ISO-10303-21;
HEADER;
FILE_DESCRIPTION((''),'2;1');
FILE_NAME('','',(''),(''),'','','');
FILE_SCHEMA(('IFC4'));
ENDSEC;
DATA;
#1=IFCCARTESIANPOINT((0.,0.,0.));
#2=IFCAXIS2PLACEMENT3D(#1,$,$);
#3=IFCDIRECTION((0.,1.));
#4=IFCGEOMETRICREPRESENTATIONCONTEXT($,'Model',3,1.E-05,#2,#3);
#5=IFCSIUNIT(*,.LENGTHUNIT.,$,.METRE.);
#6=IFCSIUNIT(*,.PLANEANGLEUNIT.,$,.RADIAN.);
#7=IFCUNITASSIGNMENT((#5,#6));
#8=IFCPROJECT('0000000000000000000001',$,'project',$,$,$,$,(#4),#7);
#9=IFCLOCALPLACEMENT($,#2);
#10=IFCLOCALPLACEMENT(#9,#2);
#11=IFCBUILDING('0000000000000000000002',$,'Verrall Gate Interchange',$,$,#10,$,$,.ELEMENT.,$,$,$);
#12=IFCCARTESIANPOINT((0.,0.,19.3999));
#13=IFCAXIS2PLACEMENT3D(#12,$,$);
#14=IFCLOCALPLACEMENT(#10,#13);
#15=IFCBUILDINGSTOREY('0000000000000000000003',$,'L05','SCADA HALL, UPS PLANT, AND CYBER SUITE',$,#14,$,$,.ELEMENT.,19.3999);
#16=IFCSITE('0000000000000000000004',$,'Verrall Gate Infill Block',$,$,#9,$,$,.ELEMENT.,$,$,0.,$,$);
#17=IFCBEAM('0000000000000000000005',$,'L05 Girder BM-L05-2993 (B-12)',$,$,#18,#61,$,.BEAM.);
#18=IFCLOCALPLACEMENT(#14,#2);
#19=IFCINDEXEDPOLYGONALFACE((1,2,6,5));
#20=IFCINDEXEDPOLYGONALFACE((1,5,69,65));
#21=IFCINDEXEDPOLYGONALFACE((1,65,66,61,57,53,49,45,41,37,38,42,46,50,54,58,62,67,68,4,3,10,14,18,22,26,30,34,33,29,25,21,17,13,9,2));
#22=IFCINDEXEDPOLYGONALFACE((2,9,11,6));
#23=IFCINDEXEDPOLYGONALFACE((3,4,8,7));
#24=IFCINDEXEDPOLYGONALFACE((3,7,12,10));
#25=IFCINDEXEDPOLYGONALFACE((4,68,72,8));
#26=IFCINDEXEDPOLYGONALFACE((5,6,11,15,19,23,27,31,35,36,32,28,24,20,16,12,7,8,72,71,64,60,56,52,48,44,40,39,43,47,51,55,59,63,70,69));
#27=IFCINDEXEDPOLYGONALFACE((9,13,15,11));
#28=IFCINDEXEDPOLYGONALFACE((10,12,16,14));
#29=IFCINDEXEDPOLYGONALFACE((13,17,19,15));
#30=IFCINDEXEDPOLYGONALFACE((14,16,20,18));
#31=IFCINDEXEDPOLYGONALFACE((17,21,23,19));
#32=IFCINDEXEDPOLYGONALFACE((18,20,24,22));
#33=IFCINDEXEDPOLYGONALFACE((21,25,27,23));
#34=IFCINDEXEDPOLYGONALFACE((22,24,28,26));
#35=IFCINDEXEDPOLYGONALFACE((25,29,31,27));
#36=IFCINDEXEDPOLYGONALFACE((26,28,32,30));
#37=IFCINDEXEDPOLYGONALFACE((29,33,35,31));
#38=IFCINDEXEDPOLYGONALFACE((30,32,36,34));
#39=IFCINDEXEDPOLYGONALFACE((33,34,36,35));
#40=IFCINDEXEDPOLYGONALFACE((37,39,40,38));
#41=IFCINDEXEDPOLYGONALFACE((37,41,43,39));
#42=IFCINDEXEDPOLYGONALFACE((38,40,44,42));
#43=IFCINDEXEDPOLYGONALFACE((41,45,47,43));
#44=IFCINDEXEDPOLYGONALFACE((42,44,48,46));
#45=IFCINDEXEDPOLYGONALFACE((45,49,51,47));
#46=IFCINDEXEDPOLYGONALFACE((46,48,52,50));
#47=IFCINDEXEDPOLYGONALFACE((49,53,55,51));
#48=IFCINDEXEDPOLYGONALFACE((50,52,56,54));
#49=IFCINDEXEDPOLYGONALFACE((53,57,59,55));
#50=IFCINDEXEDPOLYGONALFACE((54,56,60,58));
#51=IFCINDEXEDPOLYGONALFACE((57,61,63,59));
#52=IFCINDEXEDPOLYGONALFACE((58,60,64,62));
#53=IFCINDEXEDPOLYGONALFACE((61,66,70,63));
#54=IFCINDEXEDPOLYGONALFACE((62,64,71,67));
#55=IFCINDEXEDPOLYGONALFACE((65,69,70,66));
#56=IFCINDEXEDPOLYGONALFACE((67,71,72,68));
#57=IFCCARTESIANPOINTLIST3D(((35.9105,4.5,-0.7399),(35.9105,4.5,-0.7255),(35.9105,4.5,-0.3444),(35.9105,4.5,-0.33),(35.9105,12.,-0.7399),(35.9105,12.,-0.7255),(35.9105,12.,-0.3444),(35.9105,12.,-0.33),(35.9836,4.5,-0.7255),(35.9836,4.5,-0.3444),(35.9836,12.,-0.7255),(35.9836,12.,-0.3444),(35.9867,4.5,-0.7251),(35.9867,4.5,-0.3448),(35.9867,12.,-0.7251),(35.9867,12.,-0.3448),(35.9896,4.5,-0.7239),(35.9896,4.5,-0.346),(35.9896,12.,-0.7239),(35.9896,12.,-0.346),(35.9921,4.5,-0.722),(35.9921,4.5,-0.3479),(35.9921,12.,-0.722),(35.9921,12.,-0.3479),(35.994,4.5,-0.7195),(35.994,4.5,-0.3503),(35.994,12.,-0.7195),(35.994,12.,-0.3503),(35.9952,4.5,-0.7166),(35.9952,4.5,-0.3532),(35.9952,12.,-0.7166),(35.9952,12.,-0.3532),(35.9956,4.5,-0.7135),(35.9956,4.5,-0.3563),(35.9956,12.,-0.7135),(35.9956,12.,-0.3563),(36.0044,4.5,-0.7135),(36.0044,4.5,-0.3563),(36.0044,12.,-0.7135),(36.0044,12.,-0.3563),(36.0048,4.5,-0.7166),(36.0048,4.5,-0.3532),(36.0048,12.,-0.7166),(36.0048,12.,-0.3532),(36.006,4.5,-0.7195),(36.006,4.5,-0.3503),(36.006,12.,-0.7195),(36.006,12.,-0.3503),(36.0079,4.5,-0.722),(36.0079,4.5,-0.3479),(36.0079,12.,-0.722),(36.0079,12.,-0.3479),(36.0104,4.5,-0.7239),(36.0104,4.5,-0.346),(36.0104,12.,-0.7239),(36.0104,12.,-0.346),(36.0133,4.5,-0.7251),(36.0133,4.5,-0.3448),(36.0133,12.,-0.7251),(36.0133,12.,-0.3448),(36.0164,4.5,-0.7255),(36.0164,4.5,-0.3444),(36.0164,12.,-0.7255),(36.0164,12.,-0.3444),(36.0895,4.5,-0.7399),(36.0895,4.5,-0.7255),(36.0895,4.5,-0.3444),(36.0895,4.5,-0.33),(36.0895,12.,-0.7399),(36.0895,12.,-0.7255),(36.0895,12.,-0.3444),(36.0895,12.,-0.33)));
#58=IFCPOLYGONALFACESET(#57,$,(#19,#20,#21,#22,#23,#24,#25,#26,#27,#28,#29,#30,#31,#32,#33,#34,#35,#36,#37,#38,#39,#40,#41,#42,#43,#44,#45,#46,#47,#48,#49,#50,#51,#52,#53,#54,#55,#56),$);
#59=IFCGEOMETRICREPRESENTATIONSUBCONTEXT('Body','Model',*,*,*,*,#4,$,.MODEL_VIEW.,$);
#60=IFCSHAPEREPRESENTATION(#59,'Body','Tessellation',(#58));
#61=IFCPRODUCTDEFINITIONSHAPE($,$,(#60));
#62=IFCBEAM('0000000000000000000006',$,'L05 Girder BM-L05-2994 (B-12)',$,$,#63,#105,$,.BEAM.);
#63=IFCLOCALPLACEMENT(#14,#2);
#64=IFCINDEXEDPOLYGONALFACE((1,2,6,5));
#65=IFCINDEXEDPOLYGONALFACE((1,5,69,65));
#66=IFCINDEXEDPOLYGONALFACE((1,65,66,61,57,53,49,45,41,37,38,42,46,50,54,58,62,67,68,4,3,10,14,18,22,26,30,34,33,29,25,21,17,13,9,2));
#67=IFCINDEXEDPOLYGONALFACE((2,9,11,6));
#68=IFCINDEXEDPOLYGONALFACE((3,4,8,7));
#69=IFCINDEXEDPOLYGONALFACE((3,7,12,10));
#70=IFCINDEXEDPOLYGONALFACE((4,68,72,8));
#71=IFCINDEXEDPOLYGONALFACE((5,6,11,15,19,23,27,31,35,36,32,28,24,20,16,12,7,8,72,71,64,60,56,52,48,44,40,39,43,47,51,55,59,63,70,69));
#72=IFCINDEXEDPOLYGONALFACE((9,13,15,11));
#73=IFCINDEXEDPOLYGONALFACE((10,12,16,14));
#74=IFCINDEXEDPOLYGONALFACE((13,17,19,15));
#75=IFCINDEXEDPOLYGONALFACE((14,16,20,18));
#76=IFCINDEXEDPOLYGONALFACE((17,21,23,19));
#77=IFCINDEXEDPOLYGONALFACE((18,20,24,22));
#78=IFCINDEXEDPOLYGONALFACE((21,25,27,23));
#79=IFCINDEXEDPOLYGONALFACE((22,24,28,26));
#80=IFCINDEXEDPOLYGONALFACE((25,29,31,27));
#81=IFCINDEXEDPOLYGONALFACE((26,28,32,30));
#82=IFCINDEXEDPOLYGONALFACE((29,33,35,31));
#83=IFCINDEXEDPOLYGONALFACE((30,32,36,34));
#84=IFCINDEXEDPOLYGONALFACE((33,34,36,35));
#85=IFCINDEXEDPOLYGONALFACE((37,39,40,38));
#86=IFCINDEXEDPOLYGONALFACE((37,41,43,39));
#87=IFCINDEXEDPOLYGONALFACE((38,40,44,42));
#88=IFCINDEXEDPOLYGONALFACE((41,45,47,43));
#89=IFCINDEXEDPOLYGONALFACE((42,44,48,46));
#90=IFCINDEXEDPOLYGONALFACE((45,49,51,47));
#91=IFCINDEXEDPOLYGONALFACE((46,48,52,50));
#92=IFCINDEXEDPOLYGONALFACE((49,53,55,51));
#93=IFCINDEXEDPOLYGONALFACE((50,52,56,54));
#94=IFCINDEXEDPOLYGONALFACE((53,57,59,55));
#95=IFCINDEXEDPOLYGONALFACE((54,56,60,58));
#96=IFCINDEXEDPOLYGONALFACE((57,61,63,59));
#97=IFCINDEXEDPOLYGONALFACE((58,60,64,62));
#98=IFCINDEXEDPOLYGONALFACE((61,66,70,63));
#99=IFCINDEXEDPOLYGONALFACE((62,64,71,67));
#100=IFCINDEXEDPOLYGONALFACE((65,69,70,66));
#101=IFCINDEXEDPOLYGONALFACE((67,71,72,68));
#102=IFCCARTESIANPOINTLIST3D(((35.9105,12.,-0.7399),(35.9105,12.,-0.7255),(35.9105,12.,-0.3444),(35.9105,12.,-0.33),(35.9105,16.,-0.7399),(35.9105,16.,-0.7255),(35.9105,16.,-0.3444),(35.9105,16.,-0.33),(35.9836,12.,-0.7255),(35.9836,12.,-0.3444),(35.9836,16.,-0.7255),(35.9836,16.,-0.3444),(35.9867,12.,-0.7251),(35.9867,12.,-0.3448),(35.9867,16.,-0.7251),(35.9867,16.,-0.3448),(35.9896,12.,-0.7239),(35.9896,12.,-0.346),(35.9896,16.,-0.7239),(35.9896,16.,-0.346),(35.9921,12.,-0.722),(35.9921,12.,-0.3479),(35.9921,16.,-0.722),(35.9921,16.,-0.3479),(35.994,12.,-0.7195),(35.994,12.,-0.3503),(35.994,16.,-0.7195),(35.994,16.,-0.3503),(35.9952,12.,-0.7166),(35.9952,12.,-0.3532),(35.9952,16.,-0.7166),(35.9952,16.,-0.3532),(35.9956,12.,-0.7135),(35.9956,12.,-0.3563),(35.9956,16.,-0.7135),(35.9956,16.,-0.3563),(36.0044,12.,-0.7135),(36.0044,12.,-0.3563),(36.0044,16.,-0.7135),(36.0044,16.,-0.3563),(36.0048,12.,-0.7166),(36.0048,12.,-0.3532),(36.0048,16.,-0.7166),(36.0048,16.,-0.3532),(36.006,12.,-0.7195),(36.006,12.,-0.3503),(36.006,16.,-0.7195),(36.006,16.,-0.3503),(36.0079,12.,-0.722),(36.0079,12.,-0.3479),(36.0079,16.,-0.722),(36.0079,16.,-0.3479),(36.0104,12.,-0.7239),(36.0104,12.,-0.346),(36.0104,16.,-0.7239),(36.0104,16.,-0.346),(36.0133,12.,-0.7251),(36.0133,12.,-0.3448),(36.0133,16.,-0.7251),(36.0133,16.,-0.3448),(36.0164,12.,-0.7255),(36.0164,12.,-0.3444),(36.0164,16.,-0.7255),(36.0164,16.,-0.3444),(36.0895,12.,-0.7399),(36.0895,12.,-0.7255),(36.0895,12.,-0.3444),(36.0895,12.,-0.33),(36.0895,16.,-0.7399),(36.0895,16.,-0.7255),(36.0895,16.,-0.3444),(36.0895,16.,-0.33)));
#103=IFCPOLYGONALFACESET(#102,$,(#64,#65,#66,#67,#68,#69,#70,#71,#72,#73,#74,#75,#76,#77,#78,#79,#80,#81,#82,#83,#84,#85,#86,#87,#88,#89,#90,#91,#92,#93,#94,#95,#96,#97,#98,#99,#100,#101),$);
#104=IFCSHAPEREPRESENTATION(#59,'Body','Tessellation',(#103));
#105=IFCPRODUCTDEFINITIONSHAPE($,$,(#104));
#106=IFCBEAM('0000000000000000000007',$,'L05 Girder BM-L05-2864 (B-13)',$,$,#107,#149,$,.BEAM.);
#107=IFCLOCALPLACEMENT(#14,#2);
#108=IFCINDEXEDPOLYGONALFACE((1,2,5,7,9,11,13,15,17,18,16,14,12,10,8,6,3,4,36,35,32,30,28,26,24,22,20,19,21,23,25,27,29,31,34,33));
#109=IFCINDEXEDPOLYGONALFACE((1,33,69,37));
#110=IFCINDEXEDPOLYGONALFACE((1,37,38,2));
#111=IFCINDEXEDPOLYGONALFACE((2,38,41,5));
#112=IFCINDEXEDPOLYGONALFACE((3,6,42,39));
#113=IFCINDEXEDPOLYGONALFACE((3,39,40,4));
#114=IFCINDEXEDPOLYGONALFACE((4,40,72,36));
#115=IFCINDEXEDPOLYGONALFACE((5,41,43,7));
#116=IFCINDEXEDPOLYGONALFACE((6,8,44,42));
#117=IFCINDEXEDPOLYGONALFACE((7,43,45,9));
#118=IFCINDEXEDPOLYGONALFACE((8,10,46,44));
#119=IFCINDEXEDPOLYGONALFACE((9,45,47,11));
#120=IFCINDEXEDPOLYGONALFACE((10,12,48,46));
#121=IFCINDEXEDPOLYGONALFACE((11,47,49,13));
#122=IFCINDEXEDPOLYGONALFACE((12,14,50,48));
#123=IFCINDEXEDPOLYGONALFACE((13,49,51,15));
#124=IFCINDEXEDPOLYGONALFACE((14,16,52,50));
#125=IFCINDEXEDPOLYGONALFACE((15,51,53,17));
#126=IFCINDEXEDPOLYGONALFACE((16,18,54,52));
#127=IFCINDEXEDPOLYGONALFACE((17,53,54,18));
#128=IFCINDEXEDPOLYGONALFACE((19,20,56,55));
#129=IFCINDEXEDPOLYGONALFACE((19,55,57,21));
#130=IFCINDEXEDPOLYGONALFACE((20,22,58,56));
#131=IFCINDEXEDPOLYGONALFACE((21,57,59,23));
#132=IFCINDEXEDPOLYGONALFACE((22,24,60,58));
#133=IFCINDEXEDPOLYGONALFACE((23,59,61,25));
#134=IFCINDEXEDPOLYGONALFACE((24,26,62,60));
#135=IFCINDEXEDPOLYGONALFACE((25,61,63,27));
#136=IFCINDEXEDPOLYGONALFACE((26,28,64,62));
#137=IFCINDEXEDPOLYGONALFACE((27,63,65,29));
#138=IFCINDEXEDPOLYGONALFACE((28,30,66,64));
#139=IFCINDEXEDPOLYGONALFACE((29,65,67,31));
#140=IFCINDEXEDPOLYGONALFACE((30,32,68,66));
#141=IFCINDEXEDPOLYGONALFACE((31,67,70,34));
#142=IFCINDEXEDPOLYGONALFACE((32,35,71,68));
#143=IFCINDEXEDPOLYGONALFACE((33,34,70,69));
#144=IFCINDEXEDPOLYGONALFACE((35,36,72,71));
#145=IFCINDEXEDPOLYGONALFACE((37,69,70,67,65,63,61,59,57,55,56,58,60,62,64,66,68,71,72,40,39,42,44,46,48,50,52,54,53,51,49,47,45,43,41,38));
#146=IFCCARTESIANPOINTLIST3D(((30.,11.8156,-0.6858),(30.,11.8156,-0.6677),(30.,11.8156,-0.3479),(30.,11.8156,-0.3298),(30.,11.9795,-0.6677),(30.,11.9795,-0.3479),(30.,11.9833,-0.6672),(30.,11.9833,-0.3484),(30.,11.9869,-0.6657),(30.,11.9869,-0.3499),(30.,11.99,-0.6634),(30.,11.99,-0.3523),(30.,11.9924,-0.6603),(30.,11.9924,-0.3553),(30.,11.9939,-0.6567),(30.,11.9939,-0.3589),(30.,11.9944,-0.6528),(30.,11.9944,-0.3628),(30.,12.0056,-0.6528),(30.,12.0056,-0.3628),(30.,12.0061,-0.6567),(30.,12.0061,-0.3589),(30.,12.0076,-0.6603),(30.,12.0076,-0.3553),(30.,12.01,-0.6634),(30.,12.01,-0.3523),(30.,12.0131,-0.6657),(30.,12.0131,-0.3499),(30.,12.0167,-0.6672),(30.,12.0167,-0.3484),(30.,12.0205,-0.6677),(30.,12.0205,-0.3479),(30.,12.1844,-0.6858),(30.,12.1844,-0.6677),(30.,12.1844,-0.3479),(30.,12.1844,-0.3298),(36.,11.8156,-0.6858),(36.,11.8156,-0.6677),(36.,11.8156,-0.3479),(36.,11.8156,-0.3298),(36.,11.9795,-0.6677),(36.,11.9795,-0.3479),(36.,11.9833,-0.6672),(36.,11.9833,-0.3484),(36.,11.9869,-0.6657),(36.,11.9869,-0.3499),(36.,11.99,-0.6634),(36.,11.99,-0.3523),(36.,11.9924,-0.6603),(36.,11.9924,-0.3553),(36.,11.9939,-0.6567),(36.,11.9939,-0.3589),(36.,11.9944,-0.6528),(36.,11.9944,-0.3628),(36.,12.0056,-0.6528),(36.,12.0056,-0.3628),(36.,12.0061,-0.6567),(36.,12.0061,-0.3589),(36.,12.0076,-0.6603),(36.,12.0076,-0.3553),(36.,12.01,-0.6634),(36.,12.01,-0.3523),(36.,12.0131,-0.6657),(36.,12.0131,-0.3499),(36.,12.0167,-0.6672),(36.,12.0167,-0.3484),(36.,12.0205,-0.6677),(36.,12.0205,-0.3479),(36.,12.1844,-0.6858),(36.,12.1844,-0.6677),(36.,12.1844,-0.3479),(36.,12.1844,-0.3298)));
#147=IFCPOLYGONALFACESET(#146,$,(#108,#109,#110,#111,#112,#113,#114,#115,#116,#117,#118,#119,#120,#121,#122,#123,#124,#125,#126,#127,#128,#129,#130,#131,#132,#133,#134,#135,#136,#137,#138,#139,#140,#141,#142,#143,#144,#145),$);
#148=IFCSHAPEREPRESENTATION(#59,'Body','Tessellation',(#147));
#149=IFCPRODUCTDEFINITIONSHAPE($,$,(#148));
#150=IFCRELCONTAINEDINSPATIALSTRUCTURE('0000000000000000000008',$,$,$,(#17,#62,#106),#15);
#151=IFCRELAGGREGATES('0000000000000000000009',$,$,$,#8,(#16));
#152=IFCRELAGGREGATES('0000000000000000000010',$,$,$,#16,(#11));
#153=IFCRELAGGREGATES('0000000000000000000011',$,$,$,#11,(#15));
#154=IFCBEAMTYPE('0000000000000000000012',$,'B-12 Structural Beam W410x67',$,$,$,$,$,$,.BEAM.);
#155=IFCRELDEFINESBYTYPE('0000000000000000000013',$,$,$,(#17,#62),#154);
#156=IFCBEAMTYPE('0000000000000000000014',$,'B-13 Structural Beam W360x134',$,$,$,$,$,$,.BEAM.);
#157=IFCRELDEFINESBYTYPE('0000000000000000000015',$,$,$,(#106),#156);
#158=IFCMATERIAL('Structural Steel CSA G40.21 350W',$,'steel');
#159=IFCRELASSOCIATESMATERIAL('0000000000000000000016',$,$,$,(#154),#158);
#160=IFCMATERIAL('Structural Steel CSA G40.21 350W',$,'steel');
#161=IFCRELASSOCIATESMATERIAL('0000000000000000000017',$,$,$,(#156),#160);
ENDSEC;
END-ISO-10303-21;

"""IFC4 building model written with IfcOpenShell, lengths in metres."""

from ifc_helpers import new_model, si_unit, direction, frame, origin, origin_2d, place, context, subcontext, project, spatial, i_section, extrude, material, material_profile, profile_set, type_object, element, save


model = new_model("IFC4")

# Units and contexts
model_context = context("Model", 3, precision=1e-05, world=origin(), true_north=direction((0.0, 1.0)))
body_context = subcontext(model_context, "Body", "Model", "MODEL_VIEW")
ifc_project = project(units=[si_unit("LENGTHUNIT", "METRE"), si_unit("PLANEANGLEUNIT", "RADIAN")], contexts=[model_context])

# Site, building, storey
site_placement = place(None, origin())
site = spatial("IfcSite", under=ifc_project, at=site_placement, Name="Verrall Gate Infill Block", CompositionType="ELEMENT", RefElevation=0.0)
building_placement = place(site_placement, origin())
building = spatial("IfcBuilding", under=site, at=building_placement, Name="Verrall Gate Interchange", CompositionType="ELEMENT")
storey_placement = place(building_placement, frame((0.0, 0.0, 19.3999)))
storey = spatial("IfcBuildingStorey", under=building, at=storey_placement, Name="L05", Description="SCADA HALL, UPS PLANT, AND CYBER SUITE", CompositionType="ELEMENT", Elevation=19.3999)

# Beams
ifc_material_1 = material(Name="Structural Steel CSA G40.21 350W", Category="steel")
ifc_material_profile_1 = material_profile(ifc_material_1, i_section(OverallWidth=0.179, OverallDepth=0.4099, WebThickness=0.0088, FlangeThickness=0.0144, FilletRadius=0.012, at=origin_2d()), Name="W410x67")
ifc_profile_set_1 = profile_set([ifc_material_profile_1], Name="Structural Steel CSA G40.21 350W")
beam_type_1 = type_object("IfcBeamType", Name="B-12 Structural Beam W410x67", PredefinedType="BEAM", material=ifc_profile_set_1)
beam_1_placement = place(storey_placement, frame((36.0, 4.5, -0.5349), z_axis=(0.0, 1.0, 0.0), x_axis=(-1.0, 0.0, 0.0)))
element("IfcBeam", 1, at=beam_1_placement, inside=storey, type_object=beam_type_1, Name="L05 Girder BM-L05-2993 (B-12)", PredefinedType="BEAM", context=body_context, shape_type="SweptSolid", body=[
    extrude(i_section(OverallWidth=0.179, OverallDepth=0.4099, WebThickness=0.0088, FlangeThickness=0.0144, FilletRadius=0.012, at=origin_2d()), origin(), (0.0, 0.0, 1.0), 7.5),
])
beam_2_placement = place(storey_placement, frame((36.0, 12.0, -0.5349), z_axis=(0.0, 1.0, 0.0), x_axis=(-1.0, 0.0, 0.0)))
element("IfcBeam", 2, at=beam_2_placement, inside=storey, type_object=beam_type_1, Name="L05 Girder BM-L05-2994 (B-12)", PredefinedType="BEAM", context=body_context, shape_type="SweptSolid", body=[
    extrude(i_section(OverallWidth=0.179, OverallDepth=0.4099, WebThickness=0.0088, FlangeThickness=0.0144, FilletRadius=0.012, at=origin_2d()), origin(), (0.0, 0.0, 1.0), 4.0),
])
ifc_material_2 = material(Name="Structural Steel CSA G40.21 350W", Category="steel")
ifc_material_profile_2 = material_profile(ifc_material_2, i_section(OverallWidth=0.3689, OverallDepth=0.356, WebThickness=0.0112, FlangeThickness=0.0181, FilletRadius=0.0149, at=origin_2d()), Name="W360x134")
ifc_profile_set_2 = profile_set([ifc_material_profile_2], Name="Structural Steel CSA G40.21 350W")
beam_type_2 = type_object("IfcBeamType", Name="B-13 Structural Beam W360x134", PredefinedType="BEAM", material=ifc_profile_set_2)
beam_3_placement = place(storey_placement, frame((30.0, 12.0, -0.5078), z_axis=(1.0, 0.0, 0.0), x_axis=(0.0, 1.0, 0.0)))
element("IfcBeam", 3, at=beam_3_placement, inside=storey, type_object=beam_type_2, Name="L05 Girder BM-L05-2864 (B-13)", PredefinedType="BEAM", context=body_context, shape_type="SweptSolid", body=[
    extrude(i_section(OverallWidth=0.3689, OverallDepth=0.356, WebThickness=0.0112, FlangeThickness=0.0181, FilletRadius=0.0149, at=origin_2d()), origin(), (0.0, 0.0, 1.0), 6.0),
])

save(model, "model.ifc")
